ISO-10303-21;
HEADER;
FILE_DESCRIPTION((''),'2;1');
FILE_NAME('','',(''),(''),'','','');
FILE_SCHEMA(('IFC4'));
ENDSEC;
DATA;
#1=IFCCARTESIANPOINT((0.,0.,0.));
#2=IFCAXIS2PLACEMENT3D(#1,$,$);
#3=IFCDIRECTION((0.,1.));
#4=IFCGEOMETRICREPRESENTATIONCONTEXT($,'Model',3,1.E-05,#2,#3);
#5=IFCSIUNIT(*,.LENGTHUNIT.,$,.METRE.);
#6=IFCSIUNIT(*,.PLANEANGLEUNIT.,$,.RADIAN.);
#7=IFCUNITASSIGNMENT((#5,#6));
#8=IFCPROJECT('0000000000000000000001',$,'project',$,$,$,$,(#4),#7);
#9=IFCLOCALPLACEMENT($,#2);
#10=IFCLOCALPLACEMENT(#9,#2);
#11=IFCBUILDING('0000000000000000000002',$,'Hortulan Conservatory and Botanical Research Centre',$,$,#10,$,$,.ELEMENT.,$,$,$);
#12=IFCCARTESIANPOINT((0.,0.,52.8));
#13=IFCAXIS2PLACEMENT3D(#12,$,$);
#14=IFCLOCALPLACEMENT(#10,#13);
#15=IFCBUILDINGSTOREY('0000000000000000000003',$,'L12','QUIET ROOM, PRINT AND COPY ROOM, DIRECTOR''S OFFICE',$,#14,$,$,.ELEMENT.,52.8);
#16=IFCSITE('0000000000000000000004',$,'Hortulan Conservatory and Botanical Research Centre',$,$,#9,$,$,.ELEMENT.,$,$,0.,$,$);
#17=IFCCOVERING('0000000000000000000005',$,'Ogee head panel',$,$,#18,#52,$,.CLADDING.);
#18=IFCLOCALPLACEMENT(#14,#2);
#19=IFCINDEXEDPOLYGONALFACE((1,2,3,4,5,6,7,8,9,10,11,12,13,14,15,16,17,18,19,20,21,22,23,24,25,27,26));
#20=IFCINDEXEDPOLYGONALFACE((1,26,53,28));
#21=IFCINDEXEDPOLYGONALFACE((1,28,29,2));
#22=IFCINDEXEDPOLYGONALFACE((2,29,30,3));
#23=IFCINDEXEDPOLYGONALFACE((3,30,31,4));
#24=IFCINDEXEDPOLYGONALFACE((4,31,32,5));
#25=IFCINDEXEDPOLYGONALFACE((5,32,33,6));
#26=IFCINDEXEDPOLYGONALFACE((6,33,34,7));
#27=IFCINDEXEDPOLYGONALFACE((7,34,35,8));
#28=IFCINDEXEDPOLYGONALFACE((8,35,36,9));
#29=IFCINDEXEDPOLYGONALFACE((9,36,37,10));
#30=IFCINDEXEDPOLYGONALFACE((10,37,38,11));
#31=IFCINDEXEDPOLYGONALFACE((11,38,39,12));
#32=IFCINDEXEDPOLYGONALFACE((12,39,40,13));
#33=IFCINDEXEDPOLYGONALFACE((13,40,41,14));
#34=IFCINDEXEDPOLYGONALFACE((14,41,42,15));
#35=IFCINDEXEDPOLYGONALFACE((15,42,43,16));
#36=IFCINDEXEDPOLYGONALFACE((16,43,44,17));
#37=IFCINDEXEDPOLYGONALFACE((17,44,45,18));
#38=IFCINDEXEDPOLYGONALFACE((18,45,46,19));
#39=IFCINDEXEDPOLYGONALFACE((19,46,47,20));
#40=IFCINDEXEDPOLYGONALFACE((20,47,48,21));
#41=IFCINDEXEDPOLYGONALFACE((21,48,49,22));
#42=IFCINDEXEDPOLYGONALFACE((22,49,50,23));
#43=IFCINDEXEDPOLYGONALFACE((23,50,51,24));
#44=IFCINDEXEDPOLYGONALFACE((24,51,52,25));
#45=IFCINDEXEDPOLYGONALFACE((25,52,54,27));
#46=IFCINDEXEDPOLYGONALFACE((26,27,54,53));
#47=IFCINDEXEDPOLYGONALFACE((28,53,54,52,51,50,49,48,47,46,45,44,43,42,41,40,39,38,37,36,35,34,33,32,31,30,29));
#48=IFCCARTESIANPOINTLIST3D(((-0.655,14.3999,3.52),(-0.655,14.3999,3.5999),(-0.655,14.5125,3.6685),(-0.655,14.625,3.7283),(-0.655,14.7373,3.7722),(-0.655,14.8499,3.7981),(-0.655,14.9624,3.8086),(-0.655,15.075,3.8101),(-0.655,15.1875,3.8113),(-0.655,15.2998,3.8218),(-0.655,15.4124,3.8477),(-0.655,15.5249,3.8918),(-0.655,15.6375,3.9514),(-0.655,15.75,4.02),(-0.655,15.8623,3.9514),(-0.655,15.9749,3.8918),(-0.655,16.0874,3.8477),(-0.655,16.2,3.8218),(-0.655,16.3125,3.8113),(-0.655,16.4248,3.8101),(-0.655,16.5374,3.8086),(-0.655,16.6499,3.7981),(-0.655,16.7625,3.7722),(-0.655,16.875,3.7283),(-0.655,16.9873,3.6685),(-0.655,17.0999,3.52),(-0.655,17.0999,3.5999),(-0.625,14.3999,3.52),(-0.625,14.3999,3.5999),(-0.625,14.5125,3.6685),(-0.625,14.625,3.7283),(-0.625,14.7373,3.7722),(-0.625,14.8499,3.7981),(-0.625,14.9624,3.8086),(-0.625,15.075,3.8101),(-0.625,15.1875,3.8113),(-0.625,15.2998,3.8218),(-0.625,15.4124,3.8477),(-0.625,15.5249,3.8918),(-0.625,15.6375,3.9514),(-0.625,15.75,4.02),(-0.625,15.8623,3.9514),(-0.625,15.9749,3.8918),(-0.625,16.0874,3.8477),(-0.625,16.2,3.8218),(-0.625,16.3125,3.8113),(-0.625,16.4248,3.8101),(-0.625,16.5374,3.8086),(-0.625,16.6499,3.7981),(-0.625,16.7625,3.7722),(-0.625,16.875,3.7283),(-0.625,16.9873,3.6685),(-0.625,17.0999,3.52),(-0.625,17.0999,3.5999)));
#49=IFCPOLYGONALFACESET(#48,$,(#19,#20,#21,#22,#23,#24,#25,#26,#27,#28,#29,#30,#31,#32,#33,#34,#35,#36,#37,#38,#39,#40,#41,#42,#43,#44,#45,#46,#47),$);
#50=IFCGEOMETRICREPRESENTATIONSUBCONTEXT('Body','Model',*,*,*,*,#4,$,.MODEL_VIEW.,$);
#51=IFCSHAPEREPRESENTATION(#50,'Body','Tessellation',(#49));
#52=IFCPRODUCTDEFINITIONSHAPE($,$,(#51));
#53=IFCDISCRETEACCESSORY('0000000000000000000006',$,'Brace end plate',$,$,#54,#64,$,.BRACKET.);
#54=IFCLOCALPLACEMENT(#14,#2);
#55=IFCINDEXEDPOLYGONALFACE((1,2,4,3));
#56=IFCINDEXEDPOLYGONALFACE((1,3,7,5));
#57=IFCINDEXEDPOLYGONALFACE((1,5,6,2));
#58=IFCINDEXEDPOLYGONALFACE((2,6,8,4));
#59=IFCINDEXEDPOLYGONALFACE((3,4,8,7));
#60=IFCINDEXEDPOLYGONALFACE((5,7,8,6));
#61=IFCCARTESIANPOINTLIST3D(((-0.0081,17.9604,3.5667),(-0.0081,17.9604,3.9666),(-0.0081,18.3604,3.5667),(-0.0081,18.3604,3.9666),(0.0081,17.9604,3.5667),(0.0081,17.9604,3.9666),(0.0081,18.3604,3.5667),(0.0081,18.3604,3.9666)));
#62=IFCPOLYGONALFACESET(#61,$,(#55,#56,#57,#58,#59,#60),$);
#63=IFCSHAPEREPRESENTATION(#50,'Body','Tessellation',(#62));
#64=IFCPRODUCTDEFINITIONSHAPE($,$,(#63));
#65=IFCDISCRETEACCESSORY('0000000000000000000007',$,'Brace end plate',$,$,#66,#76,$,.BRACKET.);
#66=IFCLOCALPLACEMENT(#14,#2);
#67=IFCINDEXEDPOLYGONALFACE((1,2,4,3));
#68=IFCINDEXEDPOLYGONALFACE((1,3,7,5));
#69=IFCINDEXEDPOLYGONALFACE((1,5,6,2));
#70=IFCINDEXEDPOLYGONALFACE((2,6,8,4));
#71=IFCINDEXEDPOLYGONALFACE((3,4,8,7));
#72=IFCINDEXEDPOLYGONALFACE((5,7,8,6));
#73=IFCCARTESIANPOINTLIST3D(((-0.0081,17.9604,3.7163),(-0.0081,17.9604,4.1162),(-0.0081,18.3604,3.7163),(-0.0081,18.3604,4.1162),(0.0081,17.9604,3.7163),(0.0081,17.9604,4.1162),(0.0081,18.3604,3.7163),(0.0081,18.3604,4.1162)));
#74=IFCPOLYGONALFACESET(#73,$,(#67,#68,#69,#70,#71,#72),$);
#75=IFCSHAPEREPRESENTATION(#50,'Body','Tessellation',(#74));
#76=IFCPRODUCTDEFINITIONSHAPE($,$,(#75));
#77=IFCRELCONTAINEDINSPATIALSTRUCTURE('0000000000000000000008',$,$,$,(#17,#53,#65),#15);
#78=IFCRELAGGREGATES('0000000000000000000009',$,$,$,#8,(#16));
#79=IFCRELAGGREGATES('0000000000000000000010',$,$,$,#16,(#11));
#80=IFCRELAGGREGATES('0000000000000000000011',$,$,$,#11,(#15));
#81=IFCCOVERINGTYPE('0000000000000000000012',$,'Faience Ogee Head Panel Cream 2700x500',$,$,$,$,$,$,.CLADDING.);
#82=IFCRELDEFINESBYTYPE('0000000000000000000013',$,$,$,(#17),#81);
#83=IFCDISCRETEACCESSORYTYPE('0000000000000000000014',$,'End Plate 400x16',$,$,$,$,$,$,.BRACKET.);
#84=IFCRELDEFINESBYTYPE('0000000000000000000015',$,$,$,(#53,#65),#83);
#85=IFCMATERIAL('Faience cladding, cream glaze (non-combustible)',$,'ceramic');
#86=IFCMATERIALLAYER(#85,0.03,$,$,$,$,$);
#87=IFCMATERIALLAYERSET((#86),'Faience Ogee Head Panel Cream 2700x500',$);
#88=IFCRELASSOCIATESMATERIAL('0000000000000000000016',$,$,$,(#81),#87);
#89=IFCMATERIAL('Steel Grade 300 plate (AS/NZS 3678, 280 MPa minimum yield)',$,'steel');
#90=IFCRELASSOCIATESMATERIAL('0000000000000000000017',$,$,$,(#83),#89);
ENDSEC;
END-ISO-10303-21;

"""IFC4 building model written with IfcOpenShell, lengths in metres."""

from ifc_helpers import new_model, si_unit, direction, frame, origin, origin_2d, place, context, subcontext, project, spatial, polyline, rectangle, outline, extrude, material, layer, layer_set, type_object, element, save


model = new_model("IFC4")

# Units and contexts
model_context = context("Model", 3, precision=1e-05, world=origin(), true_north=direction((0.0, 1.0)))
body_context = subcontext(model_context, "Body", "Model", "MODEL_VIEW")
ifc_project = project(units=[si_unit("LENGTHUNIT", "METRE"), si_unit("PLANEANGLEUNIT", "RADIAN")], contexts=[model_context])

# Site, building, storey
site_placement = place(None, origin())
site = spatial("IfcSite", under=ifc_project, at=site_placement, Name="Hortulan Conservatory and Botanical Research Centre", CompositionType="ELEMENT", RefElevation=0.0)
building_placement = place(site_placement, origin())
building = spatial("IfcBuilding", under=site, at=building_placement, Name="Hortulan Conservatory and Botanical Research Centre", CompositionType="ELEMENT")
storey_placement = place(building_placement, frame((0.0, 0.0, 52.8)))
storey = spatial("IfcBuildingStorey", under=building, at=storey_placement, Name="L12", Description="QUIET ROOM, PRINT AND COPY ROOM, DIRECTOR'S OFFICE", CompositionType="ELEMENT", Elevation=52.8)

# Covering
ifc_material_1 = material(Name="Faience cladding, cream glaze (non-combustible)", Category="ceramic")
ifc_layer_1 = layer(ifc_material_1, 0.03)
ifc_layer_set_1 = layer_set([ifc_layer_1], Name="Faience Ogee Head Panel Cream 2700x500")
covering_type = type_object("IfcCoveringType", Name="Faience Ogee Head Panel Cream 2700x500", PredefinedType="CLADDING", material=ifc_layer_set_1)
covering_placement = place(storey_placement, frame((-0.6399, 14.3999, 3.52), z_axis=(0.0, 0.0, 1.0), x_axis=(0.0, 1.0, 0.0)))
element("IfcCovering", 1, at=covering_placement, inside=storey, type_object=covering_type, Name="Ogee head panel", PredefinedType="CLADDING", context=body_context, shape_type="SweptSolid", body=[
    extrude(outline(polyline([(0.0, 0.0), (2.7, 0.0), (2.7, 0.0798), (2.5874, 0.1484), (2.4751, 0.2083), (2.3625, 0.2522), (2.25, 0.2781), (2.1375, 0.2886), (2.0249, 0.29), (1.9126, 0.2913), (1.8, 0.3018), (1.6875, 0.3276), (1.575, 0.3718), (1.4624, 0.4314), (1.3501, 0.5), (1.2375, 0.4314), (1.125, 0.3718), (1.0125, 0.3276), (0.8999, 0.3018), (0.7876, 0.2913), (0.675, 0.29), (0.5625, 0.2886), (0.45, 0.2781), (0.3374, 0.2522), (0.2251, 0.2083), (0.1125, 0.1484), (0.0, 0.0798), (0.0, 0.0)])), frame((0.0, 0.0151, 0.0), z_axis=(0.0, -1.0, 0.0), x_axis=(1.0, 0.0, 0.0)), (0.0, 0.0, 1.0), 0.03),
])

# Discrete accessories
ifc_material_2 = material(Name="Steel Grade 300 plate (AS/NZS 3678, 280 MPa minimum yield)", Category="steel")
discrete_accessory_type = type_object("IfcDiscreteAccessoryType", Name="End Plate 400x16", PredefinedType="BRACKET", material=ifc_material_2)
for number, where, z_axis, x_axis, name in (
    (2, (0.0, 18.1604, 3.5667), (0.0, 0.0, 1.0), (0.0, -1.0, 0.0), "Brace end plate"),
    (3, (0.0, 18.1604, 3.7163), (0.0, 0.0, 1.0), (0.0, -1.0, 0.0), "Brace end plate"),
):
    element("IfcDiscreteAccessory", number, at=place(storey_placement, frame(where, z_axis=z_axis, x_axis=x_axis)), inside=storey, type_object=discrete_accessory_type, Name=name, PredefinedType="BRACKET", context=body_context, shape_type="SweptSolid", body=[
        extrude(rectangle(XDim=0.3999, YDim=0.0161, at=origin_2d()), origin(), (0.0, 0.0, 1.0), 0.3999),
    ])

save(model, "model.ifc")
